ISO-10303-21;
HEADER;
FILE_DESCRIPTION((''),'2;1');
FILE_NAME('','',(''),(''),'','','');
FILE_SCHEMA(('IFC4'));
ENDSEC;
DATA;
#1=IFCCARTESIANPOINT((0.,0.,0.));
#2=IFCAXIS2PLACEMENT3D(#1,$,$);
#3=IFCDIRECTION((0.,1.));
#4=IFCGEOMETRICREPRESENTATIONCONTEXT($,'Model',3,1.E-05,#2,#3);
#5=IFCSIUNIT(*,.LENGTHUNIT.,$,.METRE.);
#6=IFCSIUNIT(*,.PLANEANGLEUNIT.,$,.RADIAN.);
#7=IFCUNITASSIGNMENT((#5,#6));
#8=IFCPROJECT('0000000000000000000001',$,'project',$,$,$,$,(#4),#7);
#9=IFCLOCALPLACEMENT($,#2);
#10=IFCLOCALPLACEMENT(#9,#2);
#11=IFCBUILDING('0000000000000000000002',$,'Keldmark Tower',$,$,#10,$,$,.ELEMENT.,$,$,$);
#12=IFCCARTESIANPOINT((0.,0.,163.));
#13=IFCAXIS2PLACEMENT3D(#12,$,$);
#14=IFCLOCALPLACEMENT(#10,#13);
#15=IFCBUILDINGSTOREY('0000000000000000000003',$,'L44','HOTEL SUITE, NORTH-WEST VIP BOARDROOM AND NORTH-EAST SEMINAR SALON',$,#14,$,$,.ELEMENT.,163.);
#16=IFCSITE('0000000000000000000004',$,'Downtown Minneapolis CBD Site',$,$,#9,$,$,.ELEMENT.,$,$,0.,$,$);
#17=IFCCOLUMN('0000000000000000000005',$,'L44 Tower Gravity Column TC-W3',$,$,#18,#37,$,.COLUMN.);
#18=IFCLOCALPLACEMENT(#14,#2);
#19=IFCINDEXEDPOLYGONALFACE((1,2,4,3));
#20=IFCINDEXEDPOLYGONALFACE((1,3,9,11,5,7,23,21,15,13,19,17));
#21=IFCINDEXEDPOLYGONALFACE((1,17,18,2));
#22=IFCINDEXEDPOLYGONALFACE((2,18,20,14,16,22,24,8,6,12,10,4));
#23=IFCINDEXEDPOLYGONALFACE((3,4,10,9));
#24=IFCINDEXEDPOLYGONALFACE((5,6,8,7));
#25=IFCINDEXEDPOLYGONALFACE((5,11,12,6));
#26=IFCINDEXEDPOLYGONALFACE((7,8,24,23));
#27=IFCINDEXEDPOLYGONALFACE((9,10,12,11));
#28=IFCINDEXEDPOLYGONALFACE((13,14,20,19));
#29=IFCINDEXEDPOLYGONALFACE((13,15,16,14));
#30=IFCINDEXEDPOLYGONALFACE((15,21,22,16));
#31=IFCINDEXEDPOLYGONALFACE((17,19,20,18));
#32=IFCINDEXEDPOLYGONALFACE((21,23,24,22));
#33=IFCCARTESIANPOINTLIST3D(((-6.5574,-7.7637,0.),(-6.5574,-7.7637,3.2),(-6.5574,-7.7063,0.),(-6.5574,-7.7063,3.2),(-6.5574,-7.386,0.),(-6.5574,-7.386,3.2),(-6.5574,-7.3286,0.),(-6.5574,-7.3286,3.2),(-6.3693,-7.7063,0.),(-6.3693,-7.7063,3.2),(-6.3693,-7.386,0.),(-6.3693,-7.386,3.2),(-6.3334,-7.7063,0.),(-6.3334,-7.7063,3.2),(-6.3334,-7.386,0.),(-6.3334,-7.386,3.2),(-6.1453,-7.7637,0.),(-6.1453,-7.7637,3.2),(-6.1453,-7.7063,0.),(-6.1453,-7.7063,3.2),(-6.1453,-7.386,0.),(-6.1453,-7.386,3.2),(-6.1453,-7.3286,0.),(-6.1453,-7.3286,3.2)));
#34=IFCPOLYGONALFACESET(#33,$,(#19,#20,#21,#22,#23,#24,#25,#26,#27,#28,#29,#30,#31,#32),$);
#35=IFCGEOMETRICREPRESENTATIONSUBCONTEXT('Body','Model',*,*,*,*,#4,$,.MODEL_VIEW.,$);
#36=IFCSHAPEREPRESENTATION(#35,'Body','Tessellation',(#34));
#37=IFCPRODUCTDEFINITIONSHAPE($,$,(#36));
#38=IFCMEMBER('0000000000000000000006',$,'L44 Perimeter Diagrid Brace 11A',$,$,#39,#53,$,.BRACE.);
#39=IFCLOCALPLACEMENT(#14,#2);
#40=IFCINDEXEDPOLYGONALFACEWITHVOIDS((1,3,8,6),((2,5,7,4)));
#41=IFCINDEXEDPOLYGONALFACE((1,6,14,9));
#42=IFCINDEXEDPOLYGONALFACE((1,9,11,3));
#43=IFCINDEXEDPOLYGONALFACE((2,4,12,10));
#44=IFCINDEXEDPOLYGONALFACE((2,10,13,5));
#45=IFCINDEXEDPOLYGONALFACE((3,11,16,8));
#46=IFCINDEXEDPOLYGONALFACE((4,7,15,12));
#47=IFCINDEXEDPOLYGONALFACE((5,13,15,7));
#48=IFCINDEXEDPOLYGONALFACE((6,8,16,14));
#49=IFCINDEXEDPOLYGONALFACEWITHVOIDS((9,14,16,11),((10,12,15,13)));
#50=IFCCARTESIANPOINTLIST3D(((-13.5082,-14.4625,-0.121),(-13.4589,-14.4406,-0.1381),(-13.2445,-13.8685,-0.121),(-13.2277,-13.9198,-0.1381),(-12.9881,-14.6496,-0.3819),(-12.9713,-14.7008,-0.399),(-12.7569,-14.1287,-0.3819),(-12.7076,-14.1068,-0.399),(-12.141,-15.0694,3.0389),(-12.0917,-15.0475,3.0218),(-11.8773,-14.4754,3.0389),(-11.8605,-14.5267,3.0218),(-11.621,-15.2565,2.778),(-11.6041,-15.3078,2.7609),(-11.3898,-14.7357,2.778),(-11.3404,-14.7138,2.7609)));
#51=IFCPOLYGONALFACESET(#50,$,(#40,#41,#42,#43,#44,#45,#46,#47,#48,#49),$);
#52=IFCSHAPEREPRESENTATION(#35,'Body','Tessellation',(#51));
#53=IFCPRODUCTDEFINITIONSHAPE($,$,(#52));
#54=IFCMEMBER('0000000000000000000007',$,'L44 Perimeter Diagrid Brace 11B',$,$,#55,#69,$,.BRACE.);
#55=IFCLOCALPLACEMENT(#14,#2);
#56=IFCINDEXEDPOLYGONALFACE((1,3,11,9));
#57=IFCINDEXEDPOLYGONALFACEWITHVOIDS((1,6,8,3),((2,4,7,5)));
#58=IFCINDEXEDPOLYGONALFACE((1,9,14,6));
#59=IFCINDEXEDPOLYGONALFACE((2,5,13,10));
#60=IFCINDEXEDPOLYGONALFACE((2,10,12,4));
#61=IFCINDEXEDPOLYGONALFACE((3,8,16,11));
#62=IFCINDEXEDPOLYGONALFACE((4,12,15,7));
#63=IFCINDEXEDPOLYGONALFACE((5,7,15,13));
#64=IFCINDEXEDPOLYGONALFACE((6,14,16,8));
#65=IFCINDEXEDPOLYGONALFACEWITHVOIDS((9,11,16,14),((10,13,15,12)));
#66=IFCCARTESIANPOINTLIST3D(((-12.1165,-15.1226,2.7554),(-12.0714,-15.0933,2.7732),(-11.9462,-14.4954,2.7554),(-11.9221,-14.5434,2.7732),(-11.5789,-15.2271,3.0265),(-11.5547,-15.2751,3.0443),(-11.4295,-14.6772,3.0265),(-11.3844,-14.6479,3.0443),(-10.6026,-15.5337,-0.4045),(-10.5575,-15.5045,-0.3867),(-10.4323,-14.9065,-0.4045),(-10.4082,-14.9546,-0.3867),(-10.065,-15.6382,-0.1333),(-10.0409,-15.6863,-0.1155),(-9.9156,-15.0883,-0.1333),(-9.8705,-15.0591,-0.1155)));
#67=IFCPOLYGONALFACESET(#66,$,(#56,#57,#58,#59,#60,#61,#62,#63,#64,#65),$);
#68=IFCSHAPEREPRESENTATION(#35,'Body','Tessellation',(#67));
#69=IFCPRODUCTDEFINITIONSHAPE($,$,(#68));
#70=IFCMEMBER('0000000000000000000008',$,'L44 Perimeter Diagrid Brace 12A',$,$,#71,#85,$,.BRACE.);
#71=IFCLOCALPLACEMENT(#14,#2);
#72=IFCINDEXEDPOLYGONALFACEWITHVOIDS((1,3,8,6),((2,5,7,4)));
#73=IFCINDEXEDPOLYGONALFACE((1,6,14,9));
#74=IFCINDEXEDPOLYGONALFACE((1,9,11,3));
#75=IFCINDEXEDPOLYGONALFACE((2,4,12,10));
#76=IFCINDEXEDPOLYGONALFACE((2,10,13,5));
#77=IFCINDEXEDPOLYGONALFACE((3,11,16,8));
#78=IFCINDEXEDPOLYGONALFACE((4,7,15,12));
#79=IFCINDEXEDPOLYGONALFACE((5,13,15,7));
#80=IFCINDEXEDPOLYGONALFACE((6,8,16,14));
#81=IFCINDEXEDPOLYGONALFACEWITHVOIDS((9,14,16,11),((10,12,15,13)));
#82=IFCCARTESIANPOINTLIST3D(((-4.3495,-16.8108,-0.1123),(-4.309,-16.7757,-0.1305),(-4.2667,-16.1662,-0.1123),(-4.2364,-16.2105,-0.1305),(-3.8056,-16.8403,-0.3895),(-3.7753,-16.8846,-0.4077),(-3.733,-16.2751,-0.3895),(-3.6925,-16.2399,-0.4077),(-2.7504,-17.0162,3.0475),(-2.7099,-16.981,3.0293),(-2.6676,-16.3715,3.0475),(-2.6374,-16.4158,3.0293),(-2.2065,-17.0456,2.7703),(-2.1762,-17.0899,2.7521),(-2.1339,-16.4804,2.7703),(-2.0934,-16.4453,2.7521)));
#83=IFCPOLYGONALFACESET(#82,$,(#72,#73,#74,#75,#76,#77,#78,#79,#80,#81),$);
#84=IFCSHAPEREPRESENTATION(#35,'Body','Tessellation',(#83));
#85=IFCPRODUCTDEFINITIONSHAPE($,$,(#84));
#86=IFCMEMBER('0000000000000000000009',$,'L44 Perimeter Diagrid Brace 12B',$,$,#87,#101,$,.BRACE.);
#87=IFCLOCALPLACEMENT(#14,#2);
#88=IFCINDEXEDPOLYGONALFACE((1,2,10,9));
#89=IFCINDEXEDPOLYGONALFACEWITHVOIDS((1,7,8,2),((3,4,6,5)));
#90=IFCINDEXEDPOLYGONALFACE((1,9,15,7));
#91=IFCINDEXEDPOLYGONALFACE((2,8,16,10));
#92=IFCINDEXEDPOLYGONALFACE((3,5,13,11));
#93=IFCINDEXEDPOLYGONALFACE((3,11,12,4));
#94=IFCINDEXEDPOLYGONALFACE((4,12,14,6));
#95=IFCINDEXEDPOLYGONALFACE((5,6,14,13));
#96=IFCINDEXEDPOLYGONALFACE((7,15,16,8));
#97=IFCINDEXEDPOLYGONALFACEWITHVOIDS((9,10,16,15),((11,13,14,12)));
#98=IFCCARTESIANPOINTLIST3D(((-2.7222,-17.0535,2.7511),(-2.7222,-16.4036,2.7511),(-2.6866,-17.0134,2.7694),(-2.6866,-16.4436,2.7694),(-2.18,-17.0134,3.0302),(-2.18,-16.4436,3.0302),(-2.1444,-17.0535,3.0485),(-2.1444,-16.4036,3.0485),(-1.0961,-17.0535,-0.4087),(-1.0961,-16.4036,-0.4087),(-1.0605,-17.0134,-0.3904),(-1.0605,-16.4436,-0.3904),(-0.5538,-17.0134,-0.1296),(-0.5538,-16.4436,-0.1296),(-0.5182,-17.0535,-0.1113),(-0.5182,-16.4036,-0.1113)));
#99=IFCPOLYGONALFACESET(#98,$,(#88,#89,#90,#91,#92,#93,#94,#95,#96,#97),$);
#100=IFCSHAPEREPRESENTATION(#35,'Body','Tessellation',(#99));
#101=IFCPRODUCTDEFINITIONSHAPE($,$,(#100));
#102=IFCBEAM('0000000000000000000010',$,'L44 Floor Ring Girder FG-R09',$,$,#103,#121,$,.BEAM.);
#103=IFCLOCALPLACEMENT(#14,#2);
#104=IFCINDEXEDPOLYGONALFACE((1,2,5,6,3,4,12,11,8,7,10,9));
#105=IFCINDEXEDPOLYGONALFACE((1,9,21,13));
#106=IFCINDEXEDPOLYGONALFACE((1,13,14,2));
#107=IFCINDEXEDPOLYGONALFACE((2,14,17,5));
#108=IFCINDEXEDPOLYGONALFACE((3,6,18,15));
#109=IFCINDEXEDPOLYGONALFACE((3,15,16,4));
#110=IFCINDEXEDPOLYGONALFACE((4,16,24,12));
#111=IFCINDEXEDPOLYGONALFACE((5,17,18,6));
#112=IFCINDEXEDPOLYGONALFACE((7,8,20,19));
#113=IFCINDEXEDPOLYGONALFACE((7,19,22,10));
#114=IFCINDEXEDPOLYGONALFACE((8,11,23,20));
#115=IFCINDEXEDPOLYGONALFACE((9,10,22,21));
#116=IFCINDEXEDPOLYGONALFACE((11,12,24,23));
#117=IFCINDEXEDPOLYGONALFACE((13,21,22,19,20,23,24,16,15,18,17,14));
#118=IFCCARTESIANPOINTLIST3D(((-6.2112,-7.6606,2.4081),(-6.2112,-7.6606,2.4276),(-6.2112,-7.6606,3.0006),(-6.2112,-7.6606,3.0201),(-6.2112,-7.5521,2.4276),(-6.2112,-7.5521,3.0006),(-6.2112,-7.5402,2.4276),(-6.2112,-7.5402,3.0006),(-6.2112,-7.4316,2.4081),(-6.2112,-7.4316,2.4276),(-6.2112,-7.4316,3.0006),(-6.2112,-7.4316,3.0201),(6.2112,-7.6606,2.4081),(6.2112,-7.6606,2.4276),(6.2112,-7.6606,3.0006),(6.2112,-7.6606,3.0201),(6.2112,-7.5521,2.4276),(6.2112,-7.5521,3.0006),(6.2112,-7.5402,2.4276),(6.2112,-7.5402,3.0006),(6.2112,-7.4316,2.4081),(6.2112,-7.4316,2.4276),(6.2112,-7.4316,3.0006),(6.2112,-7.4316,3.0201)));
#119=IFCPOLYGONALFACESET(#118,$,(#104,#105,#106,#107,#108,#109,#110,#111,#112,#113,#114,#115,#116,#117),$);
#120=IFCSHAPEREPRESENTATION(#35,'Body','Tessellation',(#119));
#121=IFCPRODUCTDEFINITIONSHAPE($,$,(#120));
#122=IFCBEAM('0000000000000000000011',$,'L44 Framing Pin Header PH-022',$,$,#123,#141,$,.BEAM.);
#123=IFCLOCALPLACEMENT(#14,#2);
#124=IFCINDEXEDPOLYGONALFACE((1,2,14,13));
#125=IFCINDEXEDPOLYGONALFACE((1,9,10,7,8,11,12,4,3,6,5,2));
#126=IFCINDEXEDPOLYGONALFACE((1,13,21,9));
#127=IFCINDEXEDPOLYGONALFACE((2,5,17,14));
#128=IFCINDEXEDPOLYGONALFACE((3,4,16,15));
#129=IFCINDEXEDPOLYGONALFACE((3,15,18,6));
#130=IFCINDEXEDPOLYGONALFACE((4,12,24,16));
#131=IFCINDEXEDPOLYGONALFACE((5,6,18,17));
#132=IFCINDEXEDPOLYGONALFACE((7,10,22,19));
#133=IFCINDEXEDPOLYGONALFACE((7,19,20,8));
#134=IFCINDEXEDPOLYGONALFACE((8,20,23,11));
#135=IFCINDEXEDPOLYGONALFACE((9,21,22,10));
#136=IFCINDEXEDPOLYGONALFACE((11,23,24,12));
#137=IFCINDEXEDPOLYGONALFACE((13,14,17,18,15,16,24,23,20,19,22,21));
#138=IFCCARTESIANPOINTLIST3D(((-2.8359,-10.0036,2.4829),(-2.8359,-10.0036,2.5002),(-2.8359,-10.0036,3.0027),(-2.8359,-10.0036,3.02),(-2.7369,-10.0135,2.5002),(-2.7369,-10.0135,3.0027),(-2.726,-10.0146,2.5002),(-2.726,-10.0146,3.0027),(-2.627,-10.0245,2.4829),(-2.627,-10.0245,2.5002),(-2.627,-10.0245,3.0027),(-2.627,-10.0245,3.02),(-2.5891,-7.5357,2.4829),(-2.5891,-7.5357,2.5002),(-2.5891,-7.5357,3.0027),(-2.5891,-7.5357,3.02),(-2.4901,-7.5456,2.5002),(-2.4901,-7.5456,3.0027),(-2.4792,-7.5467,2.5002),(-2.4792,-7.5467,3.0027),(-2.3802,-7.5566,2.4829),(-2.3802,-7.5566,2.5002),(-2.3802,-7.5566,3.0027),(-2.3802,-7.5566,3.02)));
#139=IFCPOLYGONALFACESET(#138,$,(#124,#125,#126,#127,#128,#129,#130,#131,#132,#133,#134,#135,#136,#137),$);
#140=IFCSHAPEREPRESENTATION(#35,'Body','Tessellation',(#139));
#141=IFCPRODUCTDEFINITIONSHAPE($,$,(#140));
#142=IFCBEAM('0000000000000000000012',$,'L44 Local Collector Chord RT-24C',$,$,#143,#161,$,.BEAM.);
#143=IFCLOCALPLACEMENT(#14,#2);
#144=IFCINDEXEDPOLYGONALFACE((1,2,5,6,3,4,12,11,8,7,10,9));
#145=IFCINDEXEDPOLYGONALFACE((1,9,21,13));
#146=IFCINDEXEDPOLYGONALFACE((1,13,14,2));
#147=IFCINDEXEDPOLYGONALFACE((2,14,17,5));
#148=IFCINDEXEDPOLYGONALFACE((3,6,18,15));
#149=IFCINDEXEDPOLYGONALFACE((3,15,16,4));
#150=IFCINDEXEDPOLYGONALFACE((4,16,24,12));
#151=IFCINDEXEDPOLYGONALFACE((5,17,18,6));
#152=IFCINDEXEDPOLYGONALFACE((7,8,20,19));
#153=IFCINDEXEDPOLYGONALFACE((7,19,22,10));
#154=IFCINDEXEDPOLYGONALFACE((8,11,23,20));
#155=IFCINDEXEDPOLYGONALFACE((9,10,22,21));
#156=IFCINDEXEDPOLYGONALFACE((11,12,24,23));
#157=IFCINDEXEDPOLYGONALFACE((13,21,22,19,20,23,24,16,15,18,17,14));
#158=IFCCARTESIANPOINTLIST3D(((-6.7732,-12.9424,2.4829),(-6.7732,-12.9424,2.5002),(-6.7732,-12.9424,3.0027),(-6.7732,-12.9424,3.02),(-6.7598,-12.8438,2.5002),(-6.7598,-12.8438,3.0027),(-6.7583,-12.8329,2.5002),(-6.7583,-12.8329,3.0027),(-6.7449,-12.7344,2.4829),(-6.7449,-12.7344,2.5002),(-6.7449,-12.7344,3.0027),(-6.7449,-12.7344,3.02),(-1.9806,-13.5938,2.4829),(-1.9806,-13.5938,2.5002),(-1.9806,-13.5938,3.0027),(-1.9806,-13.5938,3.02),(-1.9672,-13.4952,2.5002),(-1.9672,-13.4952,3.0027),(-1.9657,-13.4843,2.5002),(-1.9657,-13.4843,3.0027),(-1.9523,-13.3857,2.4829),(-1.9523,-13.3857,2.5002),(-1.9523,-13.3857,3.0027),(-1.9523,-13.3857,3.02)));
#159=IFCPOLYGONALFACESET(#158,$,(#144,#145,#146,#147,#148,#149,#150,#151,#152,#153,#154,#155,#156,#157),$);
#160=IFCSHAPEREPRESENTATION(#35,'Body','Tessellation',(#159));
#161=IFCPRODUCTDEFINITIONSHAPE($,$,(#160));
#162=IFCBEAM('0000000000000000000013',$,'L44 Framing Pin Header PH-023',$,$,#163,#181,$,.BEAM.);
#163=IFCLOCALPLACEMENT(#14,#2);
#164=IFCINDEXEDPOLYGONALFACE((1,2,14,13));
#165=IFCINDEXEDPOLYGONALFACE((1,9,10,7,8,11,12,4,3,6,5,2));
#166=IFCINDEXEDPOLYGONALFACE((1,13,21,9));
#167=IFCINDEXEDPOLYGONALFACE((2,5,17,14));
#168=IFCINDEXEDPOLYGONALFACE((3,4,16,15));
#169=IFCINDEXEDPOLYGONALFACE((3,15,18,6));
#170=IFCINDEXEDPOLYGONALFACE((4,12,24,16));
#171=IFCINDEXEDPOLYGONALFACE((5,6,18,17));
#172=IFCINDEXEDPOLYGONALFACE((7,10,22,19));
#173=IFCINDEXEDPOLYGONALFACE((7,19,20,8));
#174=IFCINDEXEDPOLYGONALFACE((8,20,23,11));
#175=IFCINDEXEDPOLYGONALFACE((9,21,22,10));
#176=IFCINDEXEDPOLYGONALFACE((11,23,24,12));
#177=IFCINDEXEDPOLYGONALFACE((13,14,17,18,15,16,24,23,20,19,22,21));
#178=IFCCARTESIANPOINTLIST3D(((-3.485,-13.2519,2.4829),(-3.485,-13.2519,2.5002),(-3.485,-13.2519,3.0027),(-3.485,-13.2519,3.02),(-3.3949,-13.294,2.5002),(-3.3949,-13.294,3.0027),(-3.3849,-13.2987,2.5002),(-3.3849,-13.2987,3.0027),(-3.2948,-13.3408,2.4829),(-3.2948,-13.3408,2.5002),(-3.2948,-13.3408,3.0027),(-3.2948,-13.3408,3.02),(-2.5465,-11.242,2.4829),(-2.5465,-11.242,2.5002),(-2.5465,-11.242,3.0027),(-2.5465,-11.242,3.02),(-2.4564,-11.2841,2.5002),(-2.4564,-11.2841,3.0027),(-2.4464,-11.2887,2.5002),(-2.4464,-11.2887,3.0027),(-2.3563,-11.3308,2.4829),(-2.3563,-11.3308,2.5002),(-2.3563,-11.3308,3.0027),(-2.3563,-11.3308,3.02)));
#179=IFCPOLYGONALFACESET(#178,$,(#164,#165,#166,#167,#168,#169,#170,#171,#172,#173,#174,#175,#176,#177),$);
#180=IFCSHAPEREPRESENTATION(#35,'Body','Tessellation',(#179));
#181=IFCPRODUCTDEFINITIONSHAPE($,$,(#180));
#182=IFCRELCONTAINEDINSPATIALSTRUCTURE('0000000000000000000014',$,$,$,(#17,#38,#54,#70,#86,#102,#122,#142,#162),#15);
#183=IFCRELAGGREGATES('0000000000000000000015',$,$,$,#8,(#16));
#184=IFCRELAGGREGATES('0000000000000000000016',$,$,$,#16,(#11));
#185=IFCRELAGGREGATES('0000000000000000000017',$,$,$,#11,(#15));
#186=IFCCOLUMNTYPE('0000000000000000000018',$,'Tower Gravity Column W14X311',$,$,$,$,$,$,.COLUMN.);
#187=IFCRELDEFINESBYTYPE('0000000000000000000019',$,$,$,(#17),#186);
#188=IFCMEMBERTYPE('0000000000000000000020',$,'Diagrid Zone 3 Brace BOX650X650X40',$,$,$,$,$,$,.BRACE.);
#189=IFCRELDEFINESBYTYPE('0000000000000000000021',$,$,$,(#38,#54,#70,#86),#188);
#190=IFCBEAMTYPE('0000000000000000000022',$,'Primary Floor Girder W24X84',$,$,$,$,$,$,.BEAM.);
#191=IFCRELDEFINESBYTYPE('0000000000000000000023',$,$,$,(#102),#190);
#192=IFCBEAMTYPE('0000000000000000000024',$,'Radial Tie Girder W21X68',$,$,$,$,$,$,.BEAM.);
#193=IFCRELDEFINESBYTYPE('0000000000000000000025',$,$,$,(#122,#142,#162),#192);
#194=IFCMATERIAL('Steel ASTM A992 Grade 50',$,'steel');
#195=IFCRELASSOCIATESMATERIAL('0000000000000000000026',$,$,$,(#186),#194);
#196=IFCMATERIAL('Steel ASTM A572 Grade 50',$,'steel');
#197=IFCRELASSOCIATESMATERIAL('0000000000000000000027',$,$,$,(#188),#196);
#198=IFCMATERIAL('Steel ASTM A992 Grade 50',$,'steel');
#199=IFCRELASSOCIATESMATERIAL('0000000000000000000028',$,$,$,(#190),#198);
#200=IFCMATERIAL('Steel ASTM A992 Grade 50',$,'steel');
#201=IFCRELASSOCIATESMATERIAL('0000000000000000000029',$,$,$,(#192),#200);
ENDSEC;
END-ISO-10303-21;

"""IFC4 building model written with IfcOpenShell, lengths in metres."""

from ifc_helpers import new_model, si_unit, direction, frame, origin, origin_2d, place, context, subcontext, project, spatial, hollow_rectangle, i_section, extrude, material, material_profile, profile_set, type_object, element, save


model = new_model("IFC4")

# Units and contexts
model_context = context("Model", 3, precision=1e-05, world=origin(), true_north=direction((0.0, 1.0)))
body_context = subcontext(model_context, "Body", "Model", "MODEL_VIEW")
ifc_project = project(units=[si_unit("LENGTHUNIT", "METRE"), si_unit("PLANEANGLEUNIT", "RADIAN")], contexts=[model_context])

# Site, building, storey
site_placement = place(None, origin())
site = spatial("IfcSite", under=ifc_project, at=site_placement, Name="Downtown Minneapolis CBD Site", CompositionType="ELEMENT", RefElevation=0.0)
building_placement = place(site_placement, origin())
building = spatial("IfcBuilding", under=site, at=building_placement, Name="Keldmark Tower", CompositionType="ELEMENT")
storey_placement = place(building_placement, frame((0.0, 0.0, 163.0)))
storey = spatial("IfcBuildingStorey", under=building, at=storey_placement, Name="L44", Description="HOTEL SUITE, NORTH-WEST VIP BOARDROOM AND NORTH-EAST SEMINAR SALON", CompositionType="ELEMENT", Elevation=163.0)

# Column
ifc_material_1 = material(Name="Steel ASTM A992 Grade 50", Category="steel")
ifc_material_profile_1 = material_profile(ifc_material_1, i_section(OverallWidth=0.4121, OverallDepth=0.4351, WebThickness=0.0359, FlangeThickness=0.0574, at=origin_2d()), Name="W14X311")
ifc_profile_set_1 = profile_set([ifc_material_profile_1], Name="Steel ASTM A992 Grade 50")
column_type = type_object("IfcColumnType", Name="Tower Gravity Column W14X311", PredefinedType="COLUMN", material=ifc_profile_set_1)
column_placement = place(storey_placement, frame((-6.3513, -7.5461, 0.0), z_axis=(0.0, 0.0, 1.0), x_axis=(1.0, 0.0, 0.0)))
element("IfcColumn", 1, at=column_placement, inside=storey, type_object=column_type, Name="L44 Tower Gravity Column TC-W3", PredefinedType="COLUMN", context=body_context, shape_type="SweptSolid", body=[
    extrude(i_section(OverallWidth=0.4121, OverallDepth=0.4351, WebThickness=0.0359, FlangeThickness=0.0574, at=origin_2d()), origin(), (0.0, 0.0, 1.0), 3.2),
])

# Members
ifc_material_2 = material(Name="Steel ASTM A572 Grade 50", Category="steel")
ifc_material_profile_2 = material_profile(ifc_material_2, hollow_rectangle(XDim=0.6499, YDim=0.6499, WallThickness=0.04, at=origin_2d()), Name="BOX650X650X40")
ifc_profile_set_2 = profile_set([ifc_material_profile_2], Name="Steel ASTM A572 Grade 50")
member_type = type_object("IfcMemberType", Name="Diagrid Zone 3 Brace BOX650X650X40", PredefinedType="BRACE", material=ifc_profile_set_2)
member_1_placement = place(storey_placement, frame((-13.1079, -14.2847, -0.26), z_axis=(0.391062, -0.173604, 0.903843), x_axis=(0.405745, 0.913986, 0.0)))
element("IfcMember", 2, at=member_1_placement, inside=storey, type_object=member_type, Name="L44 Perimeter Diagrid Brace 11A", PredefinedType="BRACE", context=body_context, shape_type="SweptSolid", body=[
    extrude(hollow_rectangle(XDim=0.6499, YDim=0.6499, WallThickness=0.04, at=origin_2d()), origin(), (0.0, 0.0, 1.0), 3.4961),
])
member_2_placement = place(storey_placement, frame((-10.2366, -15.2964, -0.26), z_axis=(-0.429128, 0.116538, 0.895694), x_axis=(-0.262077, -0.965047, 0.0)))
element("IfcMember", 3, at=member_2_placement, inside=storey, type_object=member_type, Name="L44 Perimeter Diagrid Brace 11B", PredefinedType="BRACE", context=body_context, shape_type="SweptSolid", body=[
    extrude(hollow_rectangle(XDim=0.6499, YDim=0.6499, WallThickness=0.04, at=origin_2d()), origin(), (0.0, 0.0, 1.0), 3.5278),
])
member_3_placement = place(storey_placement, frame((-4.021, -16.5254, -0.26), z_axis=(0.450781, -0.057879, 0.890756), x_axis=(0.127351, 0.991858, 0.0)))
element("IfcMember", 4, at=member_3_placement, inside=storey, type_object=member_type, Name="L44 Perimeter Diagrid Brace 12A", PredefinedType="BRACE", context=body_context, shape_type="SweptSolid", body=[
    extrude(hollow_rectangle(XDim=0.6499, YDim=0.6499, WallThickness=0.04, at=origin_2d()), origin(), (0.0, 0.0, 1.0), 3.5474),
])
member_4_placement = place(storey_placement, frame((-0.8071, -16.7285, -0.26), z_axis=(-0.457598, 0.0, 0.889159), x_axis=(0.0, -1.0, 0.0)))
element("IfcMember", 5, at=member_4_placement, inside=storey, type_object=member_type, Name="L44 Perimeter Diagrid Brace 12B", PredefinedType="BRACE", context=body_context, shape_type="SweptSolid", body=[
    extrude(hollow_rectangle(XDim=0.6499, YDim=0.6499, WallThickness=0.04, at=origin_2d()), origin(), (0.0, 0.0, 1.0), 3.5537),
])

# Beams
ifc_material_3 = material(Name="Steel ASTM A992 Grade 50", Category="steel")
ifc_material_profile_3 = material_profile(ifc_material_3, i_section(OverallWidth=0.229, OverallDepth=0.6121, WebThickness=0.012, FlangeThickness=0.0195, at=origin_2d()), Name="W24X84")
ifc_profile_set_3 = profile_set([ifc_material_profile_3], Name="Steel ASTM A992 Grade 50")
beam_type_1 = type_object("IfcBeamType", Name="Primary Floor Girder W24X84", PredefinedType="BEAM", material=ifc_profile_set_3)
beam_1_placement = place(storey_placement, frame((-6.2112, -7.5461, 2.7141), z_axis=(1.0, 0.0, 0.0), x_axis=(0.0, 1.0, 0.0)))
element("IfcBeam", 6, at=beam_1_placement, inside=storey, type_object=beam_type_1, Name="L44 Floor Ring Girder FG-R09", PredefinedType="BEAM", context=body_context, shape_type="SweptSolid", body=[
    extrude(i_section(OverallWidth=0.229, OverallDepth=0.6121, WebThickness=0.012, FlangeThickness=0.0195, at=origin_2d()), origin(), (0.0, 0.0, 1.0), 12.4224),
])
ifc_material_4 = material(Name="Steel ASTM A992 Grade 50", Category="steel")
ifc_material_profile_4 = material_profile(ifc_material_4, i_section(OverallWidth=0.21, OverallDepth=0.5371, WebThickness=0.011, FlangeThickness=0.0173, at=origin_2d()), Name="W21X68")
ifc_profile_set_4 = profile_set([ifc_material_profile_4], Name="Steel ASTM A992 Grade 50")
beam_type_2 = type_object("IfcBeamType", Name="Radial Tie Girder W21X68", PredefinedType="BEAM", material=ifc_profile_set_4)
beam_2_placement = place(storey_placement, frame((-2.4846, -7.5461, 2.7515), z_axis=(-0.099513, -0.995036, 0.0), x_axis=(0.995036, -0.099513, 0.0)))
element("IfcBeam", 7, at=beam_2_placement, inside=storey, type_object=beam_type_2, Name="L44 Framing Pin Header PH-022", PredefinedType="BEAM", context=body_context, shape_type="SweptSolid", body=[
    extrude(i_section(OverallWidth=0.21, OverallDepth=0.5371, WebThickness=0.011, FlangeThickness=0.0173, at=origin_2d()), origin(), (0.0, 0.0, 1.0), 2.4802),
])
beam_3_placement = place(storey_placement, frame((-6.759, -12.8384, 2.7515), z_axis=(0.990891, -0.134669, 0.0), x_axis=(0.134669, 0.990891, 0.0)))
element("IfcBeam", 8, at=beam_3_placement, inside=storey, type_object=beam_type_2, Name="L44 Local Collector Chord RT-24C", PredefinedType="BEAM", context=body_context, shape_type="SweptSolid", body=[
    extrude(i_section(OverallWidth=0.21, OverallDepth=0.5371, WebThickness=0.011, FlangeThickness=0.0173, at=origin_2d()), origin(), (0.0, 0.0, 1.0), 4.8367),
])
beam_4_placement = place(storey_placement, frame((-2.4514, -11.2864, 2.7515), z_axis=(-0.42306, -0.906102, 0.0), x_axis=(0.906102, -0.42306, 0.0)))
element("IfcBeam", 9, at=beam_4_placement, inside=storey, type_object=beam_type_2, Name="L44 Framing Pin Header PH-023", PredefinedType="BEAM", context=body_context, shape_type="SweptSolid", body=[
    extrude(i_section(OverallWidth=0.21, OverallDepth=0.5371, WebThickness=0.011, FlangeThickness=0.0173, at=origin_2d()), origin(), (0.0, 0.0, 1.0), 2.2183),
])

save(model, "model.ifc")
